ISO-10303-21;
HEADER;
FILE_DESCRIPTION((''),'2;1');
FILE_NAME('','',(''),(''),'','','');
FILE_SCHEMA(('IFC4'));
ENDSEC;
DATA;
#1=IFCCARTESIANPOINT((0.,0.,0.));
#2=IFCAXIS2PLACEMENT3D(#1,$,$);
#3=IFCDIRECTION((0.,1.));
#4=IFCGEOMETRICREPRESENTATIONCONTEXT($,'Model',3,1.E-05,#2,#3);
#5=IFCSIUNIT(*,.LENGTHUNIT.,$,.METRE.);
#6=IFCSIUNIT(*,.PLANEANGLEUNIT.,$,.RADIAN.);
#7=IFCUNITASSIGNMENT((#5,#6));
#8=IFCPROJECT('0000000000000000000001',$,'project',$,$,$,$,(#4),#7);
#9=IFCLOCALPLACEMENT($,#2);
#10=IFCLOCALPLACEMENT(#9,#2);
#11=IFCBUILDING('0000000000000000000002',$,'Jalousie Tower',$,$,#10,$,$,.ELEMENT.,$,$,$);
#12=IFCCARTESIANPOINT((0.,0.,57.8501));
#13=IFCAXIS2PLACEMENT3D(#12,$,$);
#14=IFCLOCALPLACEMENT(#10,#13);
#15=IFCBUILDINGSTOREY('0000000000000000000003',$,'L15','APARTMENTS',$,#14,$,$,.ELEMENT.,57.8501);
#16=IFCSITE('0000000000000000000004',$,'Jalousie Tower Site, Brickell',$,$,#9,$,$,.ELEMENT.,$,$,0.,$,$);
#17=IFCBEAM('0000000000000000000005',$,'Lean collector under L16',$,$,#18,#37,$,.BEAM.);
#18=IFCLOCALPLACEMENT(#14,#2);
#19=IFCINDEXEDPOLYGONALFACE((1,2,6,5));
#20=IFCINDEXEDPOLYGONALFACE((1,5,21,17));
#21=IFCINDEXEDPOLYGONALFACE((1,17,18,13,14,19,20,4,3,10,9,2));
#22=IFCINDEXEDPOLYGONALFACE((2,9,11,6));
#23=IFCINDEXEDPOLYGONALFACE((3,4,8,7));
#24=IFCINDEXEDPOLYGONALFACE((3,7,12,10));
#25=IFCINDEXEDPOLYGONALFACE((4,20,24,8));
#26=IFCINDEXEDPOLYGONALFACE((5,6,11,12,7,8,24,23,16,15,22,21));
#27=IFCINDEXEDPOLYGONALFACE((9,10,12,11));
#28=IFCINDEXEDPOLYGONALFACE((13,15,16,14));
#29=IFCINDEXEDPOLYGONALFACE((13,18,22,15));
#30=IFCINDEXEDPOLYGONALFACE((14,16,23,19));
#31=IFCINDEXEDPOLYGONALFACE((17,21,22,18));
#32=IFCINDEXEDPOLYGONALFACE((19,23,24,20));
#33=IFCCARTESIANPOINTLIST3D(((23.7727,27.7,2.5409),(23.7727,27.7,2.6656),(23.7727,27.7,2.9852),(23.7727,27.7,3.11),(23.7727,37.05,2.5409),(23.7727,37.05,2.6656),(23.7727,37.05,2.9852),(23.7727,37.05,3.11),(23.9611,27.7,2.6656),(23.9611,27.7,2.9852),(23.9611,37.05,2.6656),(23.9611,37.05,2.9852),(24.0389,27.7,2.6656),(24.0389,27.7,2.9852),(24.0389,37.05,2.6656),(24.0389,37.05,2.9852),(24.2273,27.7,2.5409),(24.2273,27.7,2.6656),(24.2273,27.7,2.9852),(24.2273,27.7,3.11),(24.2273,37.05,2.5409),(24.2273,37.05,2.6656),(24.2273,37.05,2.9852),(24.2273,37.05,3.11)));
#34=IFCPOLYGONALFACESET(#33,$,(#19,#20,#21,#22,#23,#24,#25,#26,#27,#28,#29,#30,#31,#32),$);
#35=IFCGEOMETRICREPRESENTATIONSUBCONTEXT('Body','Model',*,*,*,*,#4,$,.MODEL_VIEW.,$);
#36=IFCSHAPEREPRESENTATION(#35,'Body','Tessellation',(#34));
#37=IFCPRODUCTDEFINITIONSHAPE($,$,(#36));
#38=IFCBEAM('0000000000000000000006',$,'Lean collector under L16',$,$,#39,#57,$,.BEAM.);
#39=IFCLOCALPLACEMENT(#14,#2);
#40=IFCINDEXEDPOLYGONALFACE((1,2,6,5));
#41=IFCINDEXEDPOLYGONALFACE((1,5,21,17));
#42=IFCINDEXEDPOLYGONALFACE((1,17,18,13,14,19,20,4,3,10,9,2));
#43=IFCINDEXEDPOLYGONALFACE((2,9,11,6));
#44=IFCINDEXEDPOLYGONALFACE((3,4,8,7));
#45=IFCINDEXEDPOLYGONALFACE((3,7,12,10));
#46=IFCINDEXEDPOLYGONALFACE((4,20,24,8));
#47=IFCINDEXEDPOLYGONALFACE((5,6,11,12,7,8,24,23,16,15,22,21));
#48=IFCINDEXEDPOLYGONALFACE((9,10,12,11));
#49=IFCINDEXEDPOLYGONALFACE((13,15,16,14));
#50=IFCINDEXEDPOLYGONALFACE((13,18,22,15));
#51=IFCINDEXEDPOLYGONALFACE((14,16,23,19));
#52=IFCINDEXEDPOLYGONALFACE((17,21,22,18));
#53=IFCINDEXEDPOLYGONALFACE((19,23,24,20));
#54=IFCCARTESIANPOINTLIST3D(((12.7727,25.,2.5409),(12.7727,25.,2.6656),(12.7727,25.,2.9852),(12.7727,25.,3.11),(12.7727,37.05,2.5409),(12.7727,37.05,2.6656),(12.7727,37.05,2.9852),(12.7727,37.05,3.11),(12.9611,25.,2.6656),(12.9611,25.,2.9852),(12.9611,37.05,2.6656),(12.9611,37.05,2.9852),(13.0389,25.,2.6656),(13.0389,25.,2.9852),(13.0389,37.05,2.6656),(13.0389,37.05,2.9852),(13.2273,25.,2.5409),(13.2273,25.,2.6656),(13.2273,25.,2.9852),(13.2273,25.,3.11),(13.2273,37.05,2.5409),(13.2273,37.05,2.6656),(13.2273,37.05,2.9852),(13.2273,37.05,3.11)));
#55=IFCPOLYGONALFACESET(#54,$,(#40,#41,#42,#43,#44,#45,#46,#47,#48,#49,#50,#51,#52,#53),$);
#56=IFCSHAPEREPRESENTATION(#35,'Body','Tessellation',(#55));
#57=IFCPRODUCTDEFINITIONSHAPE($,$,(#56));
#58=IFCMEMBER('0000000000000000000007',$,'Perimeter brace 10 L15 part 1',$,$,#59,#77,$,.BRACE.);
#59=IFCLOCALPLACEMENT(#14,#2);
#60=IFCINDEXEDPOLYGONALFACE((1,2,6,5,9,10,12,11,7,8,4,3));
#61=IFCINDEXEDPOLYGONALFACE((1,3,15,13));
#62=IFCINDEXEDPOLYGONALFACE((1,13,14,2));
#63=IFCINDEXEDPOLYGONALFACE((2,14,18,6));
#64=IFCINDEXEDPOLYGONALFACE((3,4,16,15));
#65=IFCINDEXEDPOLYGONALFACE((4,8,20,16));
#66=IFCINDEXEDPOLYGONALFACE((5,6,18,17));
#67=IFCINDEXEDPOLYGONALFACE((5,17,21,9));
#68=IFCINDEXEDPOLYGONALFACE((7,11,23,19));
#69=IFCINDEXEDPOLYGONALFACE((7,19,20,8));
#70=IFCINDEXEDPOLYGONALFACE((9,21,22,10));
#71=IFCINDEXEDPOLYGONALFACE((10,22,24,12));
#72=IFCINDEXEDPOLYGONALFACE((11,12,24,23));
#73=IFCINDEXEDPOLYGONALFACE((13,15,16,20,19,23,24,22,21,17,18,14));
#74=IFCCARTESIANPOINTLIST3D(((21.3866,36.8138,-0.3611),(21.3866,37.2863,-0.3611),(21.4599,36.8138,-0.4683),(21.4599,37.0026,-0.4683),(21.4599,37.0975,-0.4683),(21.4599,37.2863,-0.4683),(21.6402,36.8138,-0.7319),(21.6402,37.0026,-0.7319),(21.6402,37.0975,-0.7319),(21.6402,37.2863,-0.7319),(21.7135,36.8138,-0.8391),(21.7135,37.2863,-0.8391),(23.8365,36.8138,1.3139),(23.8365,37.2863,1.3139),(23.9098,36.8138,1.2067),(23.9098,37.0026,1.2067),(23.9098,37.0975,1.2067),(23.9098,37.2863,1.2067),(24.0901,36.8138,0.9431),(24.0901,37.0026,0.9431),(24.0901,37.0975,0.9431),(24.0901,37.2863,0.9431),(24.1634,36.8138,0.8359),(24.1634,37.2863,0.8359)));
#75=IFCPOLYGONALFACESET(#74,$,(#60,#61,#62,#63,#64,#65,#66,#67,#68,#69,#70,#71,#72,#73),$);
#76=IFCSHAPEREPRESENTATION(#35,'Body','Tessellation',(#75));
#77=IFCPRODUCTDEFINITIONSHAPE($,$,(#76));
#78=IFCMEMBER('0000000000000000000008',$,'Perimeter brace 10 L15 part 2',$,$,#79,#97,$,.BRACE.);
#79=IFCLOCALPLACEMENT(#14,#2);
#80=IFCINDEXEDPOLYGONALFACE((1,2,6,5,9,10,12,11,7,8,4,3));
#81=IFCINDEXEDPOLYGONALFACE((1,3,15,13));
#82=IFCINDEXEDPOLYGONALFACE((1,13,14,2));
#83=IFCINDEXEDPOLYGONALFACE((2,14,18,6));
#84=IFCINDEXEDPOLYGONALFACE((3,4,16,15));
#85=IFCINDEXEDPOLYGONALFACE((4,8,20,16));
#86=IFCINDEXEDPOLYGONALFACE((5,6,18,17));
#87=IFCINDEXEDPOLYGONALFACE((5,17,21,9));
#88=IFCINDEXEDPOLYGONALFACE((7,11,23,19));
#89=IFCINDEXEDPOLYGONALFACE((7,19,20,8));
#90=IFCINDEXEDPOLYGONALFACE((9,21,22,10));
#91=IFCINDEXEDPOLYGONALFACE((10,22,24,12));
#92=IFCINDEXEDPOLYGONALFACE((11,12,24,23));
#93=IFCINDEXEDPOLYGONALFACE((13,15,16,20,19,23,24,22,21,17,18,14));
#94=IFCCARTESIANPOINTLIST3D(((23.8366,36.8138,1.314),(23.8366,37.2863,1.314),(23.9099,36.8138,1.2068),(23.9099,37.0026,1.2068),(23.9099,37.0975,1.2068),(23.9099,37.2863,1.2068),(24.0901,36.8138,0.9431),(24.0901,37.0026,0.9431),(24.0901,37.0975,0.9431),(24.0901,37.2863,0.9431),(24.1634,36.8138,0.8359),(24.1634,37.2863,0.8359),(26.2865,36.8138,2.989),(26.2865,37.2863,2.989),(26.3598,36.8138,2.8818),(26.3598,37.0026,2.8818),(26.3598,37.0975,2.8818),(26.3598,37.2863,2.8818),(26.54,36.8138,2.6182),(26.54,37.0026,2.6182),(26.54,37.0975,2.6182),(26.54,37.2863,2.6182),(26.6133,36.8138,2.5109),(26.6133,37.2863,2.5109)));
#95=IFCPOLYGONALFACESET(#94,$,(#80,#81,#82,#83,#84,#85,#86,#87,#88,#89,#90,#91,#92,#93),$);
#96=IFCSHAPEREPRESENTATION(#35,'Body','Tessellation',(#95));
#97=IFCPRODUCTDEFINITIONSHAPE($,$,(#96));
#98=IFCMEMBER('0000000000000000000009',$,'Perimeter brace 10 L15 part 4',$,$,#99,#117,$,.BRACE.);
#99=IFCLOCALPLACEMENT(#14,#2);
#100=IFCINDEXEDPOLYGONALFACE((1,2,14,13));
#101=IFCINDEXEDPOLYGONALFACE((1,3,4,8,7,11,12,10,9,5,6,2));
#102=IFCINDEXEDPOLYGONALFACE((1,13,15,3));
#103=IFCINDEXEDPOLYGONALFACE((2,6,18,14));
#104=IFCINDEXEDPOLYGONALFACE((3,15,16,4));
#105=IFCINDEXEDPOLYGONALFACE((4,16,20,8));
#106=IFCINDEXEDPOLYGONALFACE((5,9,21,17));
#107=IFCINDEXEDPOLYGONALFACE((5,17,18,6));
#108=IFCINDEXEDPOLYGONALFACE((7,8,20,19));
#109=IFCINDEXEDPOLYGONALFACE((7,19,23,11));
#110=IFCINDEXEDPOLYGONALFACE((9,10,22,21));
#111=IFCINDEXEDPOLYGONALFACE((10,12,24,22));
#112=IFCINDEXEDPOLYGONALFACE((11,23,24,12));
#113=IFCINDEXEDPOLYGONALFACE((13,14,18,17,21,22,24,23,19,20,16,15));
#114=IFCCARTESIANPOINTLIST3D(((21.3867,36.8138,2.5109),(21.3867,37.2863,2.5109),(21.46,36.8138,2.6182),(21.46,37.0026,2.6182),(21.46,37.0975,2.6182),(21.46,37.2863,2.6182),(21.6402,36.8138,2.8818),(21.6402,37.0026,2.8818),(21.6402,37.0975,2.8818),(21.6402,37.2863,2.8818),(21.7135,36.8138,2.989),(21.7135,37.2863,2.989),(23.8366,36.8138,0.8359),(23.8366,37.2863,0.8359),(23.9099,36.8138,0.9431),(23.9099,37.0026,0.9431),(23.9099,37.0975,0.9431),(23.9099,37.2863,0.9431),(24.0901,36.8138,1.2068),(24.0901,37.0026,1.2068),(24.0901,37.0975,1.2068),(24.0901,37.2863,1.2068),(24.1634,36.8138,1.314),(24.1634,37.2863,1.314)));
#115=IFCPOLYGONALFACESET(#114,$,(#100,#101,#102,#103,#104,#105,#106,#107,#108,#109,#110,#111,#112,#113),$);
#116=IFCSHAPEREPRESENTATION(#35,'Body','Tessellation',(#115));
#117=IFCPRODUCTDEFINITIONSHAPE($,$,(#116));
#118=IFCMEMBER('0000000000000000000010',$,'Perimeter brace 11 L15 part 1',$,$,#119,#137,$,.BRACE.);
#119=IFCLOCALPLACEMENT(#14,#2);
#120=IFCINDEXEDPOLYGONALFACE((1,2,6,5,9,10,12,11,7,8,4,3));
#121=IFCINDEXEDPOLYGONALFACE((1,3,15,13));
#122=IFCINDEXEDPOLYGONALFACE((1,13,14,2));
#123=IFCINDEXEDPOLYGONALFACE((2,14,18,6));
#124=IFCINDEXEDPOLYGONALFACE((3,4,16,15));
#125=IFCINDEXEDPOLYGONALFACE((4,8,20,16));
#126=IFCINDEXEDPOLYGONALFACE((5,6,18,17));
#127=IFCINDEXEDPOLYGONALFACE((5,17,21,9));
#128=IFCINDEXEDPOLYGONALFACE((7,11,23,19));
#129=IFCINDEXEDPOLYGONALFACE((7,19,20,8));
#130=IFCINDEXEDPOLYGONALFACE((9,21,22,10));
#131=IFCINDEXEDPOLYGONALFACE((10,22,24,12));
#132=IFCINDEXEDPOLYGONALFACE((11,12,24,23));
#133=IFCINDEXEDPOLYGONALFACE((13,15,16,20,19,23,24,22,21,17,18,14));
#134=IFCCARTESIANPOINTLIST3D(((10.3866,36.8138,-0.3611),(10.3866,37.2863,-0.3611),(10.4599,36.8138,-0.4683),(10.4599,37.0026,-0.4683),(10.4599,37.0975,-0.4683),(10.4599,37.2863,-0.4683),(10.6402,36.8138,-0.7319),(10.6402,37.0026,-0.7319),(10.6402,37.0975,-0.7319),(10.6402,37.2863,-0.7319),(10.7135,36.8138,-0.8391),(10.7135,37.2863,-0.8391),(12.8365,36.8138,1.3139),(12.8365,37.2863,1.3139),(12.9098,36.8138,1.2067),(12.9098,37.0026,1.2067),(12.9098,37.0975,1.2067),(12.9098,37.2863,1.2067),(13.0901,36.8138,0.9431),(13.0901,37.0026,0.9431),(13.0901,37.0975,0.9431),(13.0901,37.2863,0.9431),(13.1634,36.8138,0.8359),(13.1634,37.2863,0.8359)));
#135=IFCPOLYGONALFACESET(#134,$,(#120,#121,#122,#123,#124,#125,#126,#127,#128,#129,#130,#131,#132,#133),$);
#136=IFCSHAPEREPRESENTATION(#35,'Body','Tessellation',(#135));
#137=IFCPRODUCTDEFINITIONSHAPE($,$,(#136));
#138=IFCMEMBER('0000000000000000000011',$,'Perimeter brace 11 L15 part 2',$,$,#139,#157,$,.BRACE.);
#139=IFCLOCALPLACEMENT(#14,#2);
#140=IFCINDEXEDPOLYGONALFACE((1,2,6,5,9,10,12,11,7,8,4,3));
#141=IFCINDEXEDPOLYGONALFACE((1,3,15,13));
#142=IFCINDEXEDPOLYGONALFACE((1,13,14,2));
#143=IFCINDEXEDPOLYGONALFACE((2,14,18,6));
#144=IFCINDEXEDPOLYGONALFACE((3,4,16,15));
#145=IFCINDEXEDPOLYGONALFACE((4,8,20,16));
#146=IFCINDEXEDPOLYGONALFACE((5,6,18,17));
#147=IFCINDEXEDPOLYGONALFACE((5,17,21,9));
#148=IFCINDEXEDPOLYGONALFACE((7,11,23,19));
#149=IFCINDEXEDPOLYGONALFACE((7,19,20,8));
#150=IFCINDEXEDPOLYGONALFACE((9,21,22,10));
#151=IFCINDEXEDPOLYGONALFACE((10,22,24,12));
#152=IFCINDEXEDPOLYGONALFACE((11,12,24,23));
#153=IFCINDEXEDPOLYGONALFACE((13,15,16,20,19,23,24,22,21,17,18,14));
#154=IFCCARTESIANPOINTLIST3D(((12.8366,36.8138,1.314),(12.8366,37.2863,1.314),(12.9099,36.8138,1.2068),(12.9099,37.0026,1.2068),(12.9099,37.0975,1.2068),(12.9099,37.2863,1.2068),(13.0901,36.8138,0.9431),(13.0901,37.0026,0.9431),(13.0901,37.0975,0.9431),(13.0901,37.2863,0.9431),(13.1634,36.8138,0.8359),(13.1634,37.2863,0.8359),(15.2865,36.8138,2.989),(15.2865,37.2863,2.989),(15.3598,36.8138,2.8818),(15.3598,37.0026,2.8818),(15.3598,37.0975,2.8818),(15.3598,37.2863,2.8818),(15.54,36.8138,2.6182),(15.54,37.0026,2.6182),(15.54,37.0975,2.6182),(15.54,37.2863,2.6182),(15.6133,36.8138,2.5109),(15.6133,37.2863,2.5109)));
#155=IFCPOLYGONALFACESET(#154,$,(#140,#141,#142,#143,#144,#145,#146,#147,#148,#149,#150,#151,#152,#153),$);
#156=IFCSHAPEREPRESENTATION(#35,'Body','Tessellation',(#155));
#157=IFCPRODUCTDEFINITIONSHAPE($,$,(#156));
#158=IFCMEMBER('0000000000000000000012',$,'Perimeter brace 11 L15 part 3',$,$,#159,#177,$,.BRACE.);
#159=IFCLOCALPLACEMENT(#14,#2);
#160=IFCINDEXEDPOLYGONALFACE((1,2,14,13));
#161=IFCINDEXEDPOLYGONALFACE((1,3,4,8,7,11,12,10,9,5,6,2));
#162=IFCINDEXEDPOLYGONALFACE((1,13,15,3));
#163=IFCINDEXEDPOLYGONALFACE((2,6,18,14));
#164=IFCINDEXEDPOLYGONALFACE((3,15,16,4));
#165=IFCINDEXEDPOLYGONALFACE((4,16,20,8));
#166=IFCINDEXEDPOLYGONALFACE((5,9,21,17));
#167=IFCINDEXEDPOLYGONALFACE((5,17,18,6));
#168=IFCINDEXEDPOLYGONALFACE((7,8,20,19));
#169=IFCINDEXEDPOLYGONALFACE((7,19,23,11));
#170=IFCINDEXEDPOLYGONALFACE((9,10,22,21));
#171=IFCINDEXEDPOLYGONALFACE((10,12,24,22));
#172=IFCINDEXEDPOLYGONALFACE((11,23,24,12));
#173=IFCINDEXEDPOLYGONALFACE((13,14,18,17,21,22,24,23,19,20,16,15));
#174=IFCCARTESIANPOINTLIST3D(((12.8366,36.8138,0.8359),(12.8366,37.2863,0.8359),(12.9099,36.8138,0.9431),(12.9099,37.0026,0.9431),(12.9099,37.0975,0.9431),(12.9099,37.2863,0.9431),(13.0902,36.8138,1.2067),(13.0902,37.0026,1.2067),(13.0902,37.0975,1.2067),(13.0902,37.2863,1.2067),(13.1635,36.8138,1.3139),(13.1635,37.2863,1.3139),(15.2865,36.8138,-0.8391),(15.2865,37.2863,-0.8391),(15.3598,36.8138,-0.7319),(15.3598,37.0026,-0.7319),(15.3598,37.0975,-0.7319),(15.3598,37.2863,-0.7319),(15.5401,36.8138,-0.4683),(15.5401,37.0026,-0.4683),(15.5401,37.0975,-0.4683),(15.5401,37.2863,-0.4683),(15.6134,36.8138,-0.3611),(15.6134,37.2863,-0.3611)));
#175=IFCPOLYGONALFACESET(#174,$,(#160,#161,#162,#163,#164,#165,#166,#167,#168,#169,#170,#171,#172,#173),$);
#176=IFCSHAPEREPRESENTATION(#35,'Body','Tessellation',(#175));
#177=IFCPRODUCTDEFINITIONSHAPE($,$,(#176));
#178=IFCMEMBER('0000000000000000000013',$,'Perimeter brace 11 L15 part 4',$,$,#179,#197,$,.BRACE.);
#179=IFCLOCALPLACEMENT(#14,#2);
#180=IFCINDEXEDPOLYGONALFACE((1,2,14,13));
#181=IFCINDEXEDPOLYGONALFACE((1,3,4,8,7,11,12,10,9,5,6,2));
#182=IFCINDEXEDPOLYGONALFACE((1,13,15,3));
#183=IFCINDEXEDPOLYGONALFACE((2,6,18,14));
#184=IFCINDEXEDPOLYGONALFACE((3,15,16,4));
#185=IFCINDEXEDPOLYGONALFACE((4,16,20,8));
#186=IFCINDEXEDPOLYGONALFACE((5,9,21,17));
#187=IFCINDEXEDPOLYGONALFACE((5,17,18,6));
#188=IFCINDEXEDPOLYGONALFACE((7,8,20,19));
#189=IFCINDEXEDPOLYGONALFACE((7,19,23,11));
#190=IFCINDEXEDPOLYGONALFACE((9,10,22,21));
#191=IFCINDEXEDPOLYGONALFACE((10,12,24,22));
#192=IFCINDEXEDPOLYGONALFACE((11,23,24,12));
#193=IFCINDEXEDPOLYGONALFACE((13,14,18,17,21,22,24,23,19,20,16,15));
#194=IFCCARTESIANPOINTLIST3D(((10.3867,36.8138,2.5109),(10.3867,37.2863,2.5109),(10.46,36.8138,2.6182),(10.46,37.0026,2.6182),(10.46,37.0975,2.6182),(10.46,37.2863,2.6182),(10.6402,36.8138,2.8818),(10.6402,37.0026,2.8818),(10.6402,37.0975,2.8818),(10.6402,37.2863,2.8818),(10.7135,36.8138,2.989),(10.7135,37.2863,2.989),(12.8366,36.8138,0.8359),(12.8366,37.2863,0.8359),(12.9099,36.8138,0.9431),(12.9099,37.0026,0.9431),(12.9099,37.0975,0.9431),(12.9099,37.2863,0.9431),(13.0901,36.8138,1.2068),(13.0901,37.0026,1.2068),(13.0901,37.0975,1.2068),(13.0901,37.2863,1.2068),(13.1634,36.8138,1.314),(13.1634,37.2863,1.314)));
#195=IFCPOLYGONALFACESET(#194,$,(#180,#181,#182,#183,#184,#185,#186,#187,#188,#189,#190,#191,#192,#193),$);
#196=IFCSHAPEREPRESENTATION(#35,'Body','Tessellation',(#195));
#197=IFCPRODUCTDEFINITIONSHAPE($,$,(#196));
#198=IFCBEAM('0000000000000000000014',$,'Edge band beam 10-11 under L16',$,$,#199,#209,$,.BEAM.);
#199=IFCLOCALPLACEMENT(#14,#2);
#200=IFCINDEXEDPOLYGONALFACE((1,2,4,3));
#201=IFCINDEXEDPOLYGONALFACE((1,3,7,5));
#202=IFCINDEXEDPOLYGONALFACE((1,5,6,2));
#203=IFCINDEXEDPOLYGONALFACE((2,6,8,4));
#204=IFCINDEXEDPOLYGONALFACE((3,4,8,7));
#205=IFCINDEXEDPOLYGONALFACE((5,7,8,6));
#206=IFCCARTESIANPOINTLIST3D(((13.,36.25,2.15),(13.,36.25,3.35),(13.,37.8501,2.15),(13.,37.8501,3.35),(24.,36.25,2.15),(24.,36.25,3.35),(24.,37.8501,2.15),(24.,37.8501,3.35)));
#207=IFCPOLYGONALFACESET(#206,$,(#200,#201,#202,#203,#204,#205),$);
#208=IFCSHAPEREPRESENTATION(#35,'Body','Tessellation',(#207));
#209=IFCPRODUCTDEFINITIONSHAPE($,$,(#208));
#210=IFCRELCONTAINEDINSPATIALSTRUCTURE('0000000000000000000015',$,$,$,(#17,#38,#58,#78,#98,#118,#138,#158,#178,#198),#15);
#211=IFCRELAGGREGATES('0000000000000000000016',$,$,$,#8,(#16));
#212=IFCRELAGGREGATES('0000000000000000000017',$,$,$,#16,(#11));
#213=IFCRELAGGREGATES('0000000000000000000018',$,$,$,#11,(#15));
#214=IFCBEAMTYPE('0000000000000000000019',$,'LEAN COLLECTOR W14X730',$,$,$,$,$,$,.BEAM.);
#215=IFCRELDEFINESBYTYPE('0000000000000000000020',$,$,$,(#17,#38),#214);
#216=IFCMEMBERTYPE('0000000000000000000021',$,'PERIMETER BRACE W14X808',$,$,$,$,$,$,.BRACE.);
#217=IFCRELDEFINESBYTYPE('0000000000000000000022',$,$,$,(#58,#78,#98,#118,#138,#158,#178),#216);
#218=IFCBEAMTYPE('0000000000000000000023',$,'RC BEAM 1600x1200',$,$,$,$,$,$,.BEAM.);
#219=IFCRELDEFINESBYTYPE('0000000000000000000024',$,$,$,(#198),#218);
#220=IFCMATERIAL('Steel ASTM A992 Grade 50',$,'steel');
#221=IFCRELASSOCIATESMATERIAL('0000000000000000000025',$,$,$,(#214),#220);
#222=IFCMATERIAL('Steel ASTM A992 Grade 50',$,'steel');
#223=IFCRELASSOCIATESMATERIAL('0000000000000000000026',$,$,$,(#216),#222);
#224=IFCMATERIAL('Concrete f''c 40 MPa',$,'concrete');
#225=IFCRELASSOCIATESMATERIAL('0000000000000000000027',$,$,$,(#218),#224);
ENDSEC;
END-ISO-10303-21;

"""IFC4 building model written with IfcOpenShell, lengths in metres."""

from ifc_helpers import new_model, si_unit, direction, frame, origin, origin_2d, place, context, subcontext, project, spatial, rectangle, i_section, extrude, material, material_profile, profile_set, type_object, element, save


model = new_model("IFC4")

# Units and contexts
model_context = context("Model", 3, precision=1e-05, world=origin(), true_north=direction((0.0, 1.0)))
body_context = subcontext(model_context, "Body", "Model", "MODEL_VIEW")
ifc_project = project(units=[si_unit("LENGTHUNIT", "METRE"), si_unit("PLANEANGLEUNIT", "RADIAN")], contexts=[model_context])

# Site, building, storey
site_placement = place(None, origin())
site = spatial("IfcSite", under=ifc_project, at=site_placement, Name="Jalousie Tower Site, Brickell", CompositionType="ELEMENT", RefElevation=0.0)
building_placement = place(site_placement, origin())
building = spatial("IfcBuilding", under=site, at=building_placement, Name="Jalousie Tower", CompositionType="ELEMENT")
storey_placement = place(building_placement, frame((0.0, 0.0, 57.8501)))
storey = spatial("IfcBuildingStorey", under=building, at=storey_placement, Name="L15", Description="APARTMENTS", CompositionType="ELEMENT", Elevation=57.8501)

# Beams
ifc_material_1 = material(Name="Steel ASTM A992 Grade 50", Category="steel")
ifc_material_profile_1 = material_profile(ifc_material_1, i_section(OverallWidth=0.4546, OverallDepth=0.5691, WebThickness=0.0779, FlangeThickness=0.1248, at=origin_2d()), Name="W14X730")
ifc_profile_set_1 = profile_set([ifc_material_profile_1], Name="Steel ASTM A992 Grade 50")
beam_type_1 = type_object("IfcBeamType", Name="LEAN COLLECTOR W14X730", PredefinedType="BEAM", material=ifc_profile_set_1)
beam_1_placement = place(storey_placement, frame((24.0, 37.05, 2.8254), z_axis=(0.0, -1.0, 0.0), x_axis=(1.0, 0.0, 0.0)))
element("IfcBeam", 1, at=beam_1_placement, inside=storey, type_object=beam_type_1, Name="Lean collector under L16", PredefinedType="BEAM", context=body_context, shape_type="SweptSolid", body=[
    extrude(i_section(OverallWidth=0.4546, OverallDepth=0.5691, WebThickness=0.0779, FlangeThickness=0.1248, at=origin_2d()), origin(), (0.0, 0.0, 1.0), 9.3501),
])
beam_2_placement = place(storey_placement, frame((13.0, 37.05, 2.8254), z_axis=(0.0, -1.0, 0.0), x_axis=(1.0, 0.0, 0.0)))
element("IfcBeam", 2, at=beam_2_placement, inside=storey, type_object=beam_type_1, Name="Lean collector under L16", PredefinedType="BEAM", context=body_context, shape_type="SweptSolid", body=[
    extrude(i_section(OverallWidth=0.4546, OverallDepth=0.5691, WebThickness=0.0779, FlangeThickness=0.1248, at=origin_2d()), origin(), (0.0, 0.0, 1.0), 12.05),
])

# Members
ifc_material_2 = material(Name="Steel ASTM A992 Grade 50", Category="steel")
ifc_material_profile_2 = material_profile(ifc_material_2, i_section(OverallWidth=0.4724, OverallDepth=0.5791, WebThickness=0.095, FlangeThickness=0.1299, at=origin_2d()), Name="W14X808")
ifc_profile_set_2 = profile_set([ifc_material_profile_2], Name="Steel ASTM A992 Grade 50")
member_type_1 = type_object("IfcMemberType", Name="PERIMETER BRACE W14X808", PredefinedType="BRACE", material=ifc_profile_set_2)
for number, where, z_axis, x_axis, name in (
    (3, (21.55, 37.05, -0.6001), (0.825501, 0.0, 0.564401), (0.0, 1.0, 0.0), "Perimeter brace 10 L15 part 1"),
    (4, (24.0, 37.05, 1.075), (0.825501, 0.0, 0.564401), (0.0, 1.0, 0.0), "Perimeter brace 10 L15 part 2"),
    (5, (24.0, 37.05, 1.075), (-0.825501, 0.0, 0.564401), (0.0, -1.0, 0.0), "Perimeter brace 10 L15 part 4"),
    (6, (10.55, 37.05, -0.6001), (0.825501, 0.0, 0.564401), (0.0, 1.0, 0.0), "Perimeter brace 11 L15 part 1"),
    (7, (13.0, 37.05, 1.075), (0.825501, 0.0, 0.564401), (0.0, 1.0, 0.0), "Perimeter brace 11 L15 part 2"),
    (8, (15.45, 37.05, -0.6001), (-0.825501, 0.0, 0.564401), (0.0, -1.0, 0.0), "Perimeter brace 11 L15 part 3"),
    (9, (13.0, 37.05, 1.075), (-0.825501, 0.0, 0.564401), (0.0, -1.0, 0.0), "Perimeter brace 11 L15 part 4"),
):
    element("IfcMember", number, at=place(storey_placement, frame(where, z_axis=z_axis, x_axis=x_axis)), inside=storey, type_object=member_type_1, Name=name, PredefinedType="BRACE", context=body_context, shape_type="SweptSolid", body=[
        extrude(i_section(OverallWidth=0.4724, OverallDepth=0.5791, WebThickness=0.095, FlangeThickness=0.1299, at=origin_2d()), origin(), (0.0, 0.0, 1.0), 2.9678),
    ])

# Beam
ifc_material_3 = material(Name="Concrete f'c 40 MPa", Category="concrete")
ifc_material_profile_3 = material_profile(ifc_material_3, rectangle(XDim=1.6001, YDim=1.2, at=origin_2d()), Name="RC 1600x1200")
ifc_profile_set_3 = profile_set([ifc_material_profile_3], Name="Concrete f'c 40 MPa")
beam_type_2 = type_object("IfcBeamType", Name="RC BEAM 1600x1200", PredefinedType="BEAM", material=ifc_profile_set_3)
beam_3_placement = place(storey_placement, frame((24.0, 37.05, 2.75), z_axis=(-1.0, 0.0, 0.0), x_axis=(0.0, -1.0, 0.0)))
element("IfcBeam", 10, at=beam_3_placement, inside=storey, type_object=beam_type_2, Name="Edge band beam 10-11 under L16", PredefinedType="BEAM", context=body_context, shape_type="SweptSolid", body=[
    extrude(rectangle(XDim=1.6001, YDim=1.2, at=origin_2d()), origin(), (0.0, 0.0, 1.0), 11.0),
])

save(model, "model.ifc")
